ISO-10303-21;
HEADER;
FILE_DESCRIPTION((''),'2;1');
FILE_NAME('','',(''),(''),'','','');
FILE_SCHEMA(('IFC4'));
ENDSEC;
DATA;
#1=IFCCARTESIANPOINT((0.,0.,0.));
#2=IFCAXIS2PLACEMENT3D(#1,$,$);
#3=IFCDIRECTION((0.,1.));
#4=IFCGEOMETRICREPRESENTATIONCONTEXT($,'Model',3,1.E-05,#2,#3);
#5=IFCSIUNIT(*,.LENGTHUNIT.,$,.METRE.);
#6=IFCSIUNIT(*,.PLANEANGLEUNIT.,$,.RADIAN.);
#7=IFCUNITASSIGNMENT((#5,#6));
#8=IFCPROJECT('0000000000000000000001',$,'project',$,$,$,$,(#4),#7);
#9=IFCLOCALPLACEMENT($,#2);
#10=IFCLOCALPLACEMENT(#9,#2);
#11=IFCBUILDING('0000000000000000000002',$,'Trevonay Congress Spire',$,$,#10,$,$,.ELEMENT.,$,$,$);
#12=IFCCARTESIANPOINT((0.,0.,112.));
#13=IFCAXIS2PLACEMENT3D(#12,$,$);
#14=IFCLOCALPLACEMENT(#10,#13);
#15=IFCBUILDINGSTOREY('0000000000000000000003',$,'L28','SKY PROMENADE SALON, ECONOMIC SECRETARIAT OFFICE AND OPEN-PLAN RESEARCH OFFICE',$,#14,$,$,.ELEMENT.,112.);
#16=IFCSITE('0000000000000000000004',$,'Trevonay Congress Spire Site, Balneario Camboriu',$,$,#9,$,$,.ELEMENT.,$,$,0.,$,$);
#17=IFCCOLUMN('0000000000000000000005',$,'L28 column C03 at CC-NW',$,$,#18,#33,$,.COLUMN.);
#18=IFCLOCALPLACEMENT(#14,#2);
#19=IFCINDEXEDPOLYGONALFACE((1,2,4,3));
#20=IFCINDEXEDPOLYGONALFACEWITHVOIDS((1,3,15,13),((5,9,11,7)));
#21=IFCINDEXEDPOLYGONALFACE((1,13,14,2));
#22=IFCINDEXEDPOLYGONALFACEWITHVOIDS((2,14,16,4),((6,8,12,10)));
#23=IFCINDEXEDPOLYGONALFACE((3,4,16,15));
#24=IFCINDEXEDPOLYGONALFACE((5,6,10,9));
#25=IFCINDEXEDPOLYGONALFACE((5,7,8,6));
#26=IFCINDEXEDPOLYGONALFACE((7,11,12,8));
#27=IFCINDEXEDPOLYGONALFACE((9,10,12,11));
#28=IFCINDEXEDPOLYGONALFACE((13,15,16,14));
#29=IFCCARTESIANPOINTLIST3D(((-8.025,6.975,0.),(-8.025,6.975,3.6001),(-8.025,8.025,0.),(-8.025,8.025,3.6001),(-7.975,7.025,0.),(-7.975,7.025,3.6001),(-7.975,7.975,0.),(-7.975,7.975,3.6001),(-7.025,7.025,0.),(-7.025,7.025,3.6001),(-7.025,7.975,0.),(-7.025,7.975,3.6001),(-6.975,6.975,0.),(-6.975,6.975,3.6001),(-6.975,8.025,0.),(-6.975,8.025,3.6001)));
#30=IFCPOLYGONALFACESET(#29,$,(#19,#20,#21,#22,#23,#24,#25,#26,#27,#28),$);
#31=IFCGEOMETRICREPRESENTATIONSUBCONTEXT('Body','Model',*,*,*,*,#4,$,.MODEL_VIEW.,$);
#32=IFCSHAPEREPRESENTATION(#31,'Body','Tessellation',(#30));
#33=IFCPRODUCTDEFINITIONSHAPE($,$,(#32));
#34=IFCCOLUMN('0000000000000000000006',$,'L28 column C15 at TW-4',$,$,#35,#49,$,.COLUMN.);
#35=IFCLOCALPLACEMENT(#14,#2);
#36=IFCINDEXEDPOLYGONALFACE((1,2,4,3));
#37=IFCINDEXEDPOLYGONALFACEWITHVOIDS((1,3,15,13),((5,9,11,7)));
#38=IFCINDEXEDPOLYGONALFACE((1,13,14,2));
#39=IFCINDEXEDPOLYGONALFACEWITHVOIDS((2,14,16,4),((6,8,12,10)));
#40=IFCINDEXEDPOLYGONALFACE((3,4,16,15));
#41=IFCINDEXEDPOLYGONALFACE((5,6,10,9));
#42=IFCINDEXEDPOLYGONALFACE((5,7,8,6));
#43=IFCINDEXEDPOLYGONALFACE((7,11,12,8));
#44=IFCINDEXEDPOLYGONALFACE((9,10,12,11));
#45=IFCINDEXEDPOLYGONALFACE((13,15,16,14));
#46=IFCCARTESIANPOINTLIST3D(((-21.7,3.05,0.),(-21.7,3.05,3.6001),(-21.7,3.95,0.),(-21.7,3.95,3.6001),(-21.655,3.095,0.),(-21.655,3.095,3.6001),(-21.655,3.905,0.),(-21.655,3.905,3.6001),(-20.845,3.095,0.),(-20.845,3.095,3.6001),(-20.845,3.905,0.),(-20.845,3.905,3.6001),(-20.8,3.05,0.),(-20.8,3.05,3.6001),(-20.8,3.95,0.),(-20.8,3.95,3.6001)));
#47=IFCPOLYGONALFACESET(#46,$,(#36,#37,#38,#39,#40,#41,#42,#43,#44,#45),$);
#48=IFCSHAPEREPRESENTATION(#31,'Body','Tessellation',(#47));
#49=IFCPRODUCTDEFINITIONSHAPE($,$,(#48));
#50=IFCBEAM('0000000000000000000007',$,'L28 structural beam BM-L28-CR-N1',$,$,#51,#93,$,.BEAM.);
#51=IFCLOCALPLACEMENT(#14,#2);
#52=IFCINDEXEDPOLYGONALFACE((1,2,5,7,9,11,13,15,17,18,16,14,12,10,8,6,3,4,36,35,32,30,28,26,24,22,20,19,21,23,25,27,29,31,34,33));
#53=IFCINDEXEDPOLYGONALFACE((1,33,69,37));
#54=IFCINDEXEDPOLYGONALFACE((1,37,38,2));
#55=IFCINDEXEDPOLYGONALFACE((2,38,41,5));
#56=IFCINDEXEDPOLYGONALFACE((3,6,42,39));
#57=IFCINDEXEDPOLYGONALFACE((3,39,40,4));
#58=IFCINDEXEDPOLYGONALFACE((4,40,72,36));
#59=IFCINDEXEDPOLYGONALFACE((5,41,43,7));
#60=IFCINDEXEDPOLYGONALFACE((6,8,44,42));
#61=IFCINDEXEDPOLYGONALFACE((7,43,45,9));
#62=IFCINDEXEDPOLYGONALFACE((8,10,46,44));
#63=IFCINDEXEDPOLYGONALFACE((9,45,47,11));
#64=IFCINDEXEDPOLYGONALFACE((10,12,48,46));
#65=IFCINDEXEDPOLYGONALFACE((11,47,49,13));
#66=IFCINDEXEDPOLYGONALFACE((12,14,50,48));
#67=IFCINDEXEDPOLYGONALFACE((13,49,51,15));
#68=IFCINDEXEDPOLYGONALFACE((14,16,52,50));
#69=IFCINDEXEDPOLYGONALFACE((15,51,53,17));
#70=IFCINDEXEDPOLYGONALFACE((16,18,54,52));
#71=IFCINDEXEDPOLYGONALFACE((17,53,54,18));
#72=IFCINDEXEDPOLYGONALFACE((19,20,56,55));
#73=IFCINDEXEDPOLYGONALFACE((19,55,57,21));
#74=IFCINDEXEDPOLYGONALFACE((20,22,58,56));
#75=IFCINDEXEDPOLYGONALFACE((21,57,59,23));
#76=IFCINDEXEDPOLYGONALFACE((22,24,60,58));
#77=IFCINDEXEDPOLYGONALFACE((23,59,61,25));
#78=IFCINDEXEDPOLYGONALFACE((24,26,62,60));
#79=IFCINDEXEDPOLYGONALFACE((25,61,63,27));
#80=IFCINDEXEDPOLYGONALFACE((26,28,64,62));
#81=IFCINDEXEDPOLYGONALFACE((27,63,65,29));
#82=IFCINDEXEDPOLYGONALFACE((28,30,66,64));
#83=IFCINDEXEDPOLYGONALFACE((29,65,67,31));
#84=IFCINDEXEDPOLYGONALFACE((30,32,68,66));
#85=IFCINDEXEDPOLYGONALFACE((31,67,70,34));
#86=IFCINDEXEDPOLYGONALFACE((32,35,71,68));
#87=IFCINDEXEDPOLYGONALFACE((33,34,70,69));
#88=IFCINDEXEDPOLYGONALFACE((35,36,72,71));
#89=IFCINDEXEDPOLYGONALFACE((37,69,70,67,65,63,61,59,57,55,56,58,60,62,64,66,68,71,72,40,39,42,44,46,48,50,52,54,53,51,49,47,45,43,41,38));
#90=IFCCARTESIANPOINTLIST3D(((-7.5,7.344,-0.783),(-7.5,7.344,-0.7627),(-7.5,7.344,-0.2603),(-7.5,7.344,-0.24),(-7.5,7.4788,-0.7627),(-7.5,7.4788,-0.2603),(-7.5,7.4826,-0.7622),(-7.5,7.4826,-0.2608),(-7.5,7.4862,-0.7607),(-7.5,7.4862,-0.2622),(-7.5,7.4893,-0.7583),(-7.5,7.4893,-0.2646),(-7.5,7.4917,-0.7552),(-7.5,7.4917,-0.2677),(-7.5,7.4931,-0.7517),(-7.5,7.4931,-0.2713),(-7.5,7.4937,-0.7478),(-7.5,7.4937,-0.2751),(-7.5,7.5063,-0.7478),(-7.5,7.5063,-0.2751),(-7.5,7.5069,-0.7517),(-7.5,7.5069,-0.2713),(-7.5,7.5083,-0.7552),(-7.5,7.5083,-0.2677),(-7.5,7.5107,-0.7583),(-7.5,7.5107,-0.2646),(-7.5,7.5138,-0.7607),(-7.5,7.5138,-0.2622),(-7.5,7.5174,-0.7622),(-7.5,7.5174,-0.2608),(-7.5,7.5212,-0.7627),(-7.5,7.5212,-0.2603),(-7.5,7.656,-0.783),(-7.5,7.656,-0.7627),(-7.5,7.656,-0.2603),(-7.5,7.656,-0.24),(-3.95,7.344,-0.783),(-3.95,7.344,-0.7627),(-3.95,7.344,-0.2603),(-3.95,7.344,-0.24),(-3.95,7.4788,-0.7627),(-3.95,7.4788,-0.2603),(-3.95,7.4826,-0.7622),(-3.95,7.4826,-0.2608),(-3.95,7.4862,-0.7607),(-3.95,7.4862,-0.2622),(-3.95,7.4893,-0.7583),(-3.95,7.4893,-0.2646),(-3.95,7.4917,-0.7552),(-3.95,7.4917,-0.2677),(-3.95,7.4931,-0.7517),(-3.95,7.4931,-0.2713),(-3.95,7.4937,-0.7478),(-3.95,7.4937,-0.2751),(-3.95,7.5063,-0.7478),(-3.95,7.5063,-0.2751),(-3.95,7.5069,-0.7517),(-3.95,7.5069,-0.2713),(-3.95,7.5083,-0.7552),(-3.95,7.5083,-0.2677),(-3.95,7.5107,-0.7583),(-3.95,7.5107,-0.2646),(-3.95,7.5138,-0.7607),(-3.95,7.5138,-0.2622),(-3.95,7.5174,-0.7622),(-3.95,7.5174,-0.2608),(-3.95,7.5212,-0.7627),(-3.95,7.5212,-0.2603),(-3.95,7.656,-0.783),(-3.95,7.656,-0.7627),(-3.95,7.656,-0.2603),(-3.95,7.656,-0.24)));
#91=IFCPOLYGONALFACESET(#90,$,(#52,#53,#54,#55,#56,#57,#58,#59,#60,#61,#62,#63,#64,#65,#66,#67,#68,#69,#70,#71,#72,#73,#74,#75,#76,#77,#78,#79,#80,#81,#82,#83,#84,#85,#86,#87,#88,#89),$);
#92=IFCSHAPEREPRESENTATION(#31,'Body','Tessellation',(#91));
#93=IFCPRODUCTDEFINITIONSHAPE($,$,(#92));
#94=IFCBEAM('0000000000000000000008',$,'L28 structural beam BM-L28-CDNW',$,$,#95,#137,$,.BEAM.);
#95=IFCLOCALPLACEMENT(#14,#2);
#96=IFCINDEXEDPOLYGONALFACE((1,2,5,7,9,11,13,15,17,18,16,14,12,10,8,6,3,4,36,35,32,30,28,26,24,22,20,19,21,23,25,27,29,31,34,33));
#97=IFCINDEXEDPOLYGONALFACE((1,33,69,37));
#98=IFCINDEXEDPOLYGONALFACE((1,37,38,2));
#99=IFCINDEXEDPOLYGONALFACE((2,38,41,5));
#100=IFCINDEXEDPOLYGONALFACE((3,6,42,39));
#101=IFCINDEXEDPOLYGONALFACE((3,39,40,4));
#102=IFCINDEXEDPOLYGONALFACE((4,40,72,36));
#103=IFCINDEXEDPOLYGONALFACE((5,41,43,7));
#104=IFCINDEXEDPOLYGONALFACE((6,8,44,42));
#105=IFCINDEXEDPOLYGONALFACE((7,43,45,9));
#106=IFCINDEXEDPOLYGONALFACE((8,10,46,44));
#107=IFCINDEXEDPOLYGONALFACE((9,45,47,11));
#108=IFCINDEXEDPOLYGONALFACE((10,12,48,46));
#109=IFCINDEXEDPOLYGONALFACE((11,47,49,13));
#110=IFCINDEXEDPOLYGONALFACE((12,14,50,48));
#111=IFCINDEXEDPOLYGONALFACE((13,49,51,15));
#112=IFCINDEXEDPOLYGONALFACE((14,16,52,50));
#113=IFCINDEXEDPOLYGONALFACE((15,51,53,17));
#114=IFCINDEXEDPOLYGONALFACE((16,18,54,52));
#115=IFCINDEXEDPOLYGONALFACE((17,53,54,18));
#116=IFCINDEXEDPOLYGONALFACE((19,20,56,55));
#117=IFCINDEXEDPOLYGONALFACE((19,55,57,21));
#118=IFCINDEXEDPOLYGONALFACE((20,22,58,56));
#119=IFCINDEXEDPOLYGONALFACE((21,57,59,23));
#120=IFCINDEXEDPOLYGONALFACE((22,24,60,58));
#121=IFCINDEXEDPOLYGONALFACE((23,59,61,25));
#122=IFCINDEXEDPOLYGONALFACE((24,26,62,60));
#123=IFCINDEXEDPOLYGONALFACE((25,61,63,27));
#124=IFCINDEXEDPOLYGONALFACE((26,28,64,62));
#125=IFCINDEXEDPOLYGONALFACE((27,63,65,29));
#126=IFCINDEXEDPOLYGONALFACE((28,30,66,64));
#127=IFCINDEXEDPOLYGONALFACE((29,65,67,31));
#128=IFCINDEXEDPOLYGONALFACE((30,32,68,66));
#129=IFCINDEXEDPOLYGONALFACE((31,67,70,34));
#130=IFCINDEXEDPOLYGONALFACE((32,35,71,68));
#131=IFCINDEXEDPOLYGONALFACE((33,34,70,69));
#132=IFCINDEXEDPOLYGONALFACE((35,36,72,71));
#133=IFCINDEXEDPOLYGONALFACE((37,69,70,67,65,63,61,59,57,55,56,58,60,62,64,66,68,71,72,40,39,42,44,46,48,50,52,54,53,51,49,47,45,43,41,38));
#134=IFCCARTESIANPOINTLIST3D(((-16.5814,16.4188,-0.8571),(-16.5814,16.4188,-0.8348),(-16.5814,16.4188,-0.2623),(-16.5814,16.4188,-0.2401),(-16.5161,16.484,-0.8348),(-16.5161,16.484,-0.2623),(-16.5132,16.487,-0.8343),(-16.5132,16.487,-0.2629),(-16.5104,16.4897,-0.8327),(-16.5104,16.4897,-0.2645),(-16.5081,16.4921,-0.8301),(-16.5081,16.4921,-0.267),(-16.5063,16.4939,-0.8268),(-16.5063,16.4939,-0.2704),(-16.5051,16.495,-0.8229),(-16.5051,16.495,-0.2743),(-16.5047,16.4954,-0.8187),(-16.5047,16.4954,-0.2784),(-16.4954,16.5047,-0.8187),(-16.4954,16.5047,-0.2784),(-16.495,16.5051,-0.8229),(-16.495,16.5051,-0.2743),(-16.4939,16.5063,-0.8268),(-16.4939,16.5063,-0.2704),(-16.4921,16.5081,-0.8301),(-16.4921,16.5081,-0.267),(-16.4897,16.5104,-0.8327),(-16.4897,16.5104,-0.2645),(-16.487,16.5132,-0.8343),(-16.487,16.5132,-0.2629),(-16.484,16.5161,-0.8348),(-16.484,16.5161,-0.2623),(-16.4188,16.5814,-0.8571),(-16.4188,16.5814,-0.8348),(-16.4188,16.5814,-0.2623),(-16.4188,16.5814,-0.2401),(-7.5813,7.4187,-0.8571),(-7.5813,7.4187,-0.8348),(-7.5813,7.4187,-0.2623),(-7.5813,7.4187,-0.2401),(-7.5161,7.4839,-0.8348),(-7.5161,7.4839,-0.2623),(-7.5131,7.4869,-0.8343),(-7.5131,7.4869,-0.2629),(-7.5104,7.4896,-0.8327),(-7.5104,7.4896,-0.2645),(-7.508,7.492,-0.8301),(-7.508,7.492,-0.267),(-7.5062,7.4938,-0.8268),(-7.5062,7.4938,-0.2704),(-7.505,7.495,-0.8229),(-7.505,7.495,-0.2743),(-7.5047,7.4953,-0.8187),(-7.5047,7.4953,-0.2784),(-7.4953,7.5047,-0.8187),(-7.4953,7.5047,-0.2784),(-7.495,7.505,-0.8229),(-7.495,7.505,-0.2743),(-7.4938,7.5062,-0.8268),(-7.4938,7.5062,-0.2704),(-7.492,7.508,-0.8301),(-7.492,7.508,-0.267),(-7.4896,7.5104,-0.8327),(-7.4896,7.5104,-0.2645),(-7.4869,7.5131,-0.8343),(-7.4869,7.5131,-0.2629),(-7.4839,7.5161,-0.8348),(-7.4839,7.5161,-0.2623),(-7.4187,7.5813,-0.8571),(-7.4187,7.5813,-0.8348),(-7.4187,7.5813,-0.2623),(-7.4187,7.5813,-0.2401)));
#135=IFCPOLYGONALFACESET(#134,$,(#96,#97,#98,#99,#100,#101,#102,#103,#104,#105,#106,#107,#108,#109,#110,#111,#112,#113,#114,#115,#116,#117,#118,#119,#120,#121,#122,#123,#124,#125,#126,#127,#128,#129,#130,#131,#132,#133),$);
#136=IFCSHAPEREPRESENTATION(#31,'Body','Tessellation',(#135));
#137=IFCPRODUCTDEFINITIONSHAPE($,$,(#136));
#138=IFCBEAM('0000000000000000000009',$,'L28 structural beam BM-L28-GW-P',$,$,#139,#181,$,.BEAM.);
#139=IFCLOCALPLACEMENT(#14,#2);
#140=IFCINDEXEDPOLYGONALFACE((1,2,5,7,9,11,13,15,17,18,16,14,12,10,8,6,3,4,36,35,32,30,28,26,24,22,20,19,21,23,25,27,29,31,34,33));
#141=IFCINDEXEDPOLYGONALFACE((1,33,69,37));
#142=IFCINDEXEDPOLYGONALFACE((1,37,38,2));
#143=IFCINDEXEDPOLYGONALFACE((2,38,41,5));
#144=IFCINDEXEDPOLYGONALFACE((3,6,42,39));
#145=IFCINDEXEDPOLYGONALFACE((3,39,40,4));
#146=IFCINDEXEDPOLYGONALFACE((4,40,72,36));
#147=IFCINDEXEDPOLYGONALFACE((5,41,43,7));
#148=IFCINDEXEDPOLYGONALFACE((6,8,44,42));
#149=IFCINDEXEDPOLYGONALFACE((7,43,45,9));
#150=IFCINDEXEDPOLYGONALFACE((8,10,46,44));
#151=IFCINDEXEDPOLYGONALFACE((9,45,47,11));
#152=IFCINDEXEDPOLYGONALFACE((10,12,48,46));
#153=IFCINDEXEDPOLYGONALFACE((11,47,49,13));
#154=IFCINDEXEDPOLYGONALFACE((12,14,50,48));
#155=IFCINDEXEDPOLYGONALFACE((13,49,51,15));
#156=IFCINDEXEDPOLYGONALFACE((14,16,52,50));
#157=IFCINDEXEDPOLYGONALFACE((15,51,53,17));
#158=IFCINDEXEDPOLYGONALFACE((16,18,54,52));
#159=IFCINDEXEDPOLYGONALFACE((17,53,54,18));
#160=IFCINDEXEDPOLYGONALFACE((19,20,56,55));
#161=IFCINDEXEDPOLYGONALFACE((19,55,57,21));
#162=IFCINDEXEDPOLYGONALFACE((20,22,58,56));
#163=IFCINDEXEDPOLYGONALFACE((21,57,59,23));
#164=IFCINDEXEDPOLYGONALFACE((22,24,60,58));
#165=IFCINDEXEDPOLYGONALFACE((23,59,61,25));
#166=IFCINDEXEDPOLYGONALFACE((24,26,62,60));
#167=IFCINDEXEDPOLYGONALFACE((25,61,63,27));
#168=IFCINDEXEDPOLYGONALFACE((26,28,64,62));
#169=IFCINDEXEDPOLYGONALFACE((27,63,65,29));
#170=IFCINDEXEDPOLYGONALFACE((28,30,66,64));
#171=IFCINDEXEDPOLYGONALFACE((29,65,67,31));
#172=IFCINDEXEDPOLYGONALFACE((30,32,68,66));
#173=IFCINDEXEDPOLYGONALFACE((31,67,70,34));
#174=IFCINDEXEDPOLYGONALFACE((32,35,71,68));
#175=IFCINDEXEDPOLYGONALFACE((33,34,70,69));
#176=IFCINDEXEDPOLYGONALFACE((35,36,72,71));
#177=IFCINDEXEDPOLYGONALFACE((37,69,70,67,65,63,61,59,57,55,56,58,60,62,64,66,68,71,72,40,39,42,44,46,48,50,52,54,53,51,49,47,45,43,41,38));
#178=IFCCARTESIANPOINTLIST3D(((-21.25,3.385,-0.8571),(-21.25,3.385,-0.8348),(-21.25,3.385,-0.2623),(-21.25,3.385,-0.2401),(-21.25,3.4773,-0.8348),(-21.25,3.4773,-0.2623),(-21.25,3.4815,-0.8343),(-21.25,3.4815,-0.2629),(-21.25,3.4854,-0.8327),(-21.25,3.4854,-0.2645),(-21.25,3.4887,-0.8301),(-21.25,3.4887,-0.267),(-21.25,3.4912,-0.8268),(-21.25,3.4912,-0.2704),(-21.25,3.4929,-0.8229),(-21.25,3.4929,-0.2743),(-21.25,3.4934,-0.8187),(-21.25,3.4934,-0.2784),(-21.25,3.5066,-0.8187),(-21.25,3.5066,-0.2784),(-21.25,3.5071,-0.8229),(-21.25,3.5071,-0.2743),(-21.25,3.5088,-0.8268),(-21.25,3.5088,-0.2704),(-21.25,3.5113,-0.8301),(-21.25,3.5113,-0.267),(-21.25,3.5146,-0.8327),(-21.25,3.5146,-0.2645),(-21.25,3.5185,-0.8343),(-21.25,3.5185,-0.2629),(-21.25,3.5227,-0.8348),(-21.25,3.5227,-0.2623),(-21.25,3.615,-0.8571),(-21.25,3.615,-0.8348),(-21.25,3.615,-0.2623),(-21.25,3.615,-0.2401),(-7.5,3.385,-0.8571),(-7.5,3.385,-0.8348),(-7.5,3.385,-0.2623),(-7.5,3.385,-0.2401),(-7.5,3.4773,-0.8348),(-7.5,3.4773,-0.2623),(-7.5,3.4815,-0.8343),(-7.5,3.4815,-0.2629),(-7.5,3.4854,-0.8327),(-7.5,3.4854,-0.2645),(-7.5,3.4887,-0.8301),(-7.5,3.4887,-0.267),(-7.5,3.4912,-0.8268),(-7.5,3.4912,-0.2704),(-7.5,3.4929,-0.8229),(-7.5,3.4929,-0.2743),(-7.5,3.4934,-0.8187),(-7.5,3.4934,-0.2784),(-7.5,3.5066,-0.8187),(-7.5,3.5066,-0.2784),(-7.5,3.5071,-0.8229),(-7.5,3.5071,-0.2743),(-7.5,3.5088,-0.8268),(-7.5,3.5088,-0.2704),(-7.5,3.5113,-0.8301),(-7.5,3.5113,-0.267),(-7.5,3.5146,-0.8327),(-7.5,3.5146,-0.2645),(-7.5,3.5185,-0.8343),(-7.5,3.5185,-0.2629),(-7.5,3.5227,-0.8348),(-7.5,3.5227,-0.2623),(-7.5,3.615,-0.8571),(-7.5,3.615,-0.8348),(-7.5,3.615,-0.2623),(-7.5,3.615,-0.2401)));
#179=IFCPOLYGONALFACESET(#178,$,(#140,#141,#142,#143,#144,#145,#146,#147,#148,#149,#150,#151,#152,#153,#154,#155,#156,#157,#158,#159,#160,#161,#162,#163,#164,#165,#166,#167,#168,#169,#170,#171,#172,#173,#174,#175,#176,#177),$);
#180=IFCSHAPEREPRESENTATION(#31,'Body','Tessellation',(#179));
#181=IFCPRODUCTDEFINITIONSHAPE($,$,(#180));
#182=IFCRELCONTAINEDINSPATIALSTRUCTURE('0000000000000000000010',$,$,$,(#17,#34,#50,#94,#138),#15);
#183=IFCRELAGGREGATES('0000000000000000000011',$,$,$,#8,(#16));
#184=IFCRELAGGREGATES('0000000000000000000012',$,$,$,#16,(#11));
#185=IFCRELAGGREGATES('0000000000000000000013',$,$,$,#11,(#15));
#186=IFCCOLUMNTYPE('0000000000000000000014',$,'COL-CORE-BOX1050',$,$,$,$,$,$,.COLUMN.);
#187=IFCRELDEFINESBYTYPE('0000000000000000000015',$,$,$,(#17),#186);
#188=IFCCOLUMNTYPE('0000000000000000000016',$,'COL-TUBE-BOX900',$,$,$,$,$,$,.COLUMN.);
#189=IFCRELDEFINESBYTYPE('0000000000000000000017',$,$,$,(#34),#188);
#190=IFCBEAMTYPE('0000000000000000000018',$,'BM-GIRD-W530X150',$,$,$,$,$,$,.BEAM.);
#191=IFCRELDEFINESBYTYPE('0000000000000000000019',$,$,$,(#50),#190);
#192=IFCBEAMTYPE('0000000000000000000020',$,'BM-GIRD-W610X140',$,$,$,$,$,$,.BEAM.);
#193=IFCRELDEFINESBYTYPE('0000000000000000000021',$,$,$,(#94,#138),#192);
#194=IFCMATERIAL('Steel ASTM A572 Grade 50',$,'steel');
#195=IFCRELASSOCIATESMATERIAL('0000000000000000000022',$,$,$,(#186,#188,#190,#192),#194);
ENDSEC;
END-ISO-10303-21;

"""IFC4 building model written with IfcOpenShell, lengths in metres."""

from ifc_helpers import new_model, si_unit, direction, frame, origin, origin_2d, place, context, subcontext, project, spatial, hollow_rectangle, i_section, extrude, material, material_profile, profile_set, type_object, element, save


model = new_model("IFC4")

# Units and contexts
model_context = context("Model", 3, precision=1e-05, world=origin(), true_north=direction((0.0, 1.0)))
body_context = subcontext(model_context, "Body", "Model", "MODEL_VIEW")
ifc_project = project(units=[si_unit("LENGTHUNIT", "METRE"), si_unit("PLANEANGLEUNIT", "RADIAN")], contexts=[model_context])

# Site, building, storey
site_placement = place(None, origin())
site = spatial("IfcSite", under=ifc_project, at=site_placement, Name="Trevonay Congress Spire Site, Balneario Camboriu", CompositionType="ELEMENT", RefElevation=0.0)
building_placement = place(site_placement, origin())
building = spatial("IfcBuilding", under=site, at=building_placement, Name="Trevonay Congress Spire", CompositionType="ELEMENT")
storey_placement = place(building_placement, frame((0.0, 0.0, 112.0)))
storey = spatial("IfcBuildingStorey", under=building, at=storey_placement, Name="L28", Description="SKY PROMENADE SALON, ECONOMIC SECRETARIAT OFFICE AND OPEN-PLAN RESEARCH OFFICE", CompositionType="ELEMENT", Elevation=112.0)

# Columns
ifc_material_1 = material(Name="Steel ASTM A572 Grade 50", Category="steel")
ifc_material_profile_1 = material_profile(ifc_material_1, hollow_rectangle(XDim=1.05, YDim=1.05, WallThickness=0.05, at=origin_2d()), Name="BOX 1050x1050x50")
ifc_profile_set_1 = profile_set([ifc_material_profile_1], Name="Steel ASTM A572 Grade 50")
column_type_1 = type_object("IfcColumnType", Name="COL-CORE-BOX1050", PredefinedType="COLUMN", material=ifc_profile_set_1)
column_1_placement = place(storey_placement, frame((-7.5, 7.5, 0.0), z_axis=(0.0, 0.0, 1.0), x_axis=(1.0, 0.0, 0.0)))
element("IfcColumn", 1, at=column_1_placement, inside=storey, type_object=column_type_1, Name="L28 column C03 at CC-NW", PredefinedType="COLUMN", context=body_context, shape_type="SweptSolid", body=[
    extrude(hollow_rectangle(XDim=1.05, YDim=1.05, WallThickness=0.05, at=origin_2d()), origin(), (0.0, 0.0, 1.0), 3.6001),
])
ifc_material_profile_2 = material_profile(ifc_material_1, hollow_rectangle(XDim=0.8999, YDim=0.8999, WallThickness=0.0449, at=origin_2d()), Name="BOX 900x900x45")
ifc_profile_set_2 = profile_set([ifc_material_profile_2], Name="Steel ASTM A572 Grade 50")
column_type_2 = type_object("IfcColumnType", Name="COL-TUBE-BOX900", PredefinedType="COLUMN", material=ifc_profile_set_2)
column_2_placement = place(storey_placement, frame((-21.25, 3.5, 0.0), z_axis=(0.0, 0.0, 1.0), x_axis=(1.0, 0.0, 0.0)))
element("IfcColumn", 2, at=column_2_placement, inside=storey, type_object=column_type_2, Name="L28 column C15 at TW-4", PredefinedType="COLUMN", context=body_context, shape_type="SweptSolid", body=[
    extrude(hollow_rectangle(XDim=0.8999, YDim=0.8999, WallThickness=0.0449, at=origin_2d()), origin(), (0.0, 0.0, 1.0), 3.6001),
])

# Beams
ifc_material_profile_3 = material_profile(ifc_material_1, i_section(OverallWidth=0.312, OverallDepth=0.543, WebThickness=0.0127, FlangeThickness=0.0203, FilletRadius=0.0149, at=origin_2d()), Name="W530x150")
ifc_profile_set_3 = profile_set([ifc_material_profile_3], Name="Steel ASTM A572 Grade 50")
beam_type_1 = type_object("IfcBeamType", Name="BM-GIRD-W530X150", PredefinedType="BEAM", material=ifc_profile_set_3)
beam_1_placement = place(storey_placement, frame((-7.5, 7.5, -0.5115), z_axis=(1.0, 0.0, 0.0), x_axis=(0.0, 1.0, 0.0)))
element("IfcBeam", 3, at=beam_1_placement, inside=storey, type_object=beam_type_1, Name="L28 structural beam BM-L28-CR-N1", PredefinedType="BEAM", context=body_context, shape_type="SweptSolid", body=[
    extrude(i_section(OverallWidth=0.312, OverallDepth=0.543, WebThickness=0.0127, FlangeThickness=0.0203, FilletRadius=0.0149, at=origin_2d()), origin(), (0.0, 0.0, 1.0), 3.55),
])
ifc_material_profile_4 = material_profile(ifc_material_1, i_section(OverallWidth=0.23, OverallDepth=0.6169, WebThickness=0.0132, FlangeThickness=0.0222, FilletRadius=0.0161, at=origin_2d()), Name="W610x140")
ifc_profile_set_4 = profile_set([ifc_material_profile_4], Name="Steel ASTM A572 Grade 50")
beam_type_2 = type_object("IfcBeamType", Name="BM-GIRD-W610X140", PredefinedType="BEAM", material=ifc_profile_set_4)
beam_2_placement = place(storey_placement, frame((-7.5, 7.5, -0.5486), z_axis=(-0.707107, 0.707107, 0.0), x_axis=(-0.707107, -0.707107, 0.0)))
element("IfcBeam", 4, at=beam_2_placement, inside=storey, type_object=beam_type_2, Name="L28 structural beam BM-L28-CDNW", PredefinedType="BEAM", context=body_context, shape_type="SweptSolid", body=[
    extrude(i_section(OverallWidth=0.23, OverallDepth=0.6169, WebThickness=0.0132, FlangeThickness=0.0222, FilletRadius=0.0161, at=origin_2d()), origin(), (0.0, 0.0, 1.0), 12.728),
])
beam_3_placement = place(storey_placement, frame((-7.5, 3.5, -0.5486), z_axis=(-1.0, 0.0, 0.0), x_axis=(0.0, -1.0, 0.0)))
element("IfcBeam", 5, at=beam_3_placement, inside=storey, type_object=beam_type_2, Name="L28 structural beam BM-L28-GW-P", PredefinedType="BEAM", context=body_context, shape_type="SweptSolid", body=[
    extrude(i_section(OverallWidth=0.23, OverallDepth=0.6169, WebThickness=0.0132, FlangeThickness=0.0222, FilletRadius=0.0161, at=origin_2d()), origin(), (0.0, 0.0, 1.0), 13.75),
])

save(model, "model.ifc")
